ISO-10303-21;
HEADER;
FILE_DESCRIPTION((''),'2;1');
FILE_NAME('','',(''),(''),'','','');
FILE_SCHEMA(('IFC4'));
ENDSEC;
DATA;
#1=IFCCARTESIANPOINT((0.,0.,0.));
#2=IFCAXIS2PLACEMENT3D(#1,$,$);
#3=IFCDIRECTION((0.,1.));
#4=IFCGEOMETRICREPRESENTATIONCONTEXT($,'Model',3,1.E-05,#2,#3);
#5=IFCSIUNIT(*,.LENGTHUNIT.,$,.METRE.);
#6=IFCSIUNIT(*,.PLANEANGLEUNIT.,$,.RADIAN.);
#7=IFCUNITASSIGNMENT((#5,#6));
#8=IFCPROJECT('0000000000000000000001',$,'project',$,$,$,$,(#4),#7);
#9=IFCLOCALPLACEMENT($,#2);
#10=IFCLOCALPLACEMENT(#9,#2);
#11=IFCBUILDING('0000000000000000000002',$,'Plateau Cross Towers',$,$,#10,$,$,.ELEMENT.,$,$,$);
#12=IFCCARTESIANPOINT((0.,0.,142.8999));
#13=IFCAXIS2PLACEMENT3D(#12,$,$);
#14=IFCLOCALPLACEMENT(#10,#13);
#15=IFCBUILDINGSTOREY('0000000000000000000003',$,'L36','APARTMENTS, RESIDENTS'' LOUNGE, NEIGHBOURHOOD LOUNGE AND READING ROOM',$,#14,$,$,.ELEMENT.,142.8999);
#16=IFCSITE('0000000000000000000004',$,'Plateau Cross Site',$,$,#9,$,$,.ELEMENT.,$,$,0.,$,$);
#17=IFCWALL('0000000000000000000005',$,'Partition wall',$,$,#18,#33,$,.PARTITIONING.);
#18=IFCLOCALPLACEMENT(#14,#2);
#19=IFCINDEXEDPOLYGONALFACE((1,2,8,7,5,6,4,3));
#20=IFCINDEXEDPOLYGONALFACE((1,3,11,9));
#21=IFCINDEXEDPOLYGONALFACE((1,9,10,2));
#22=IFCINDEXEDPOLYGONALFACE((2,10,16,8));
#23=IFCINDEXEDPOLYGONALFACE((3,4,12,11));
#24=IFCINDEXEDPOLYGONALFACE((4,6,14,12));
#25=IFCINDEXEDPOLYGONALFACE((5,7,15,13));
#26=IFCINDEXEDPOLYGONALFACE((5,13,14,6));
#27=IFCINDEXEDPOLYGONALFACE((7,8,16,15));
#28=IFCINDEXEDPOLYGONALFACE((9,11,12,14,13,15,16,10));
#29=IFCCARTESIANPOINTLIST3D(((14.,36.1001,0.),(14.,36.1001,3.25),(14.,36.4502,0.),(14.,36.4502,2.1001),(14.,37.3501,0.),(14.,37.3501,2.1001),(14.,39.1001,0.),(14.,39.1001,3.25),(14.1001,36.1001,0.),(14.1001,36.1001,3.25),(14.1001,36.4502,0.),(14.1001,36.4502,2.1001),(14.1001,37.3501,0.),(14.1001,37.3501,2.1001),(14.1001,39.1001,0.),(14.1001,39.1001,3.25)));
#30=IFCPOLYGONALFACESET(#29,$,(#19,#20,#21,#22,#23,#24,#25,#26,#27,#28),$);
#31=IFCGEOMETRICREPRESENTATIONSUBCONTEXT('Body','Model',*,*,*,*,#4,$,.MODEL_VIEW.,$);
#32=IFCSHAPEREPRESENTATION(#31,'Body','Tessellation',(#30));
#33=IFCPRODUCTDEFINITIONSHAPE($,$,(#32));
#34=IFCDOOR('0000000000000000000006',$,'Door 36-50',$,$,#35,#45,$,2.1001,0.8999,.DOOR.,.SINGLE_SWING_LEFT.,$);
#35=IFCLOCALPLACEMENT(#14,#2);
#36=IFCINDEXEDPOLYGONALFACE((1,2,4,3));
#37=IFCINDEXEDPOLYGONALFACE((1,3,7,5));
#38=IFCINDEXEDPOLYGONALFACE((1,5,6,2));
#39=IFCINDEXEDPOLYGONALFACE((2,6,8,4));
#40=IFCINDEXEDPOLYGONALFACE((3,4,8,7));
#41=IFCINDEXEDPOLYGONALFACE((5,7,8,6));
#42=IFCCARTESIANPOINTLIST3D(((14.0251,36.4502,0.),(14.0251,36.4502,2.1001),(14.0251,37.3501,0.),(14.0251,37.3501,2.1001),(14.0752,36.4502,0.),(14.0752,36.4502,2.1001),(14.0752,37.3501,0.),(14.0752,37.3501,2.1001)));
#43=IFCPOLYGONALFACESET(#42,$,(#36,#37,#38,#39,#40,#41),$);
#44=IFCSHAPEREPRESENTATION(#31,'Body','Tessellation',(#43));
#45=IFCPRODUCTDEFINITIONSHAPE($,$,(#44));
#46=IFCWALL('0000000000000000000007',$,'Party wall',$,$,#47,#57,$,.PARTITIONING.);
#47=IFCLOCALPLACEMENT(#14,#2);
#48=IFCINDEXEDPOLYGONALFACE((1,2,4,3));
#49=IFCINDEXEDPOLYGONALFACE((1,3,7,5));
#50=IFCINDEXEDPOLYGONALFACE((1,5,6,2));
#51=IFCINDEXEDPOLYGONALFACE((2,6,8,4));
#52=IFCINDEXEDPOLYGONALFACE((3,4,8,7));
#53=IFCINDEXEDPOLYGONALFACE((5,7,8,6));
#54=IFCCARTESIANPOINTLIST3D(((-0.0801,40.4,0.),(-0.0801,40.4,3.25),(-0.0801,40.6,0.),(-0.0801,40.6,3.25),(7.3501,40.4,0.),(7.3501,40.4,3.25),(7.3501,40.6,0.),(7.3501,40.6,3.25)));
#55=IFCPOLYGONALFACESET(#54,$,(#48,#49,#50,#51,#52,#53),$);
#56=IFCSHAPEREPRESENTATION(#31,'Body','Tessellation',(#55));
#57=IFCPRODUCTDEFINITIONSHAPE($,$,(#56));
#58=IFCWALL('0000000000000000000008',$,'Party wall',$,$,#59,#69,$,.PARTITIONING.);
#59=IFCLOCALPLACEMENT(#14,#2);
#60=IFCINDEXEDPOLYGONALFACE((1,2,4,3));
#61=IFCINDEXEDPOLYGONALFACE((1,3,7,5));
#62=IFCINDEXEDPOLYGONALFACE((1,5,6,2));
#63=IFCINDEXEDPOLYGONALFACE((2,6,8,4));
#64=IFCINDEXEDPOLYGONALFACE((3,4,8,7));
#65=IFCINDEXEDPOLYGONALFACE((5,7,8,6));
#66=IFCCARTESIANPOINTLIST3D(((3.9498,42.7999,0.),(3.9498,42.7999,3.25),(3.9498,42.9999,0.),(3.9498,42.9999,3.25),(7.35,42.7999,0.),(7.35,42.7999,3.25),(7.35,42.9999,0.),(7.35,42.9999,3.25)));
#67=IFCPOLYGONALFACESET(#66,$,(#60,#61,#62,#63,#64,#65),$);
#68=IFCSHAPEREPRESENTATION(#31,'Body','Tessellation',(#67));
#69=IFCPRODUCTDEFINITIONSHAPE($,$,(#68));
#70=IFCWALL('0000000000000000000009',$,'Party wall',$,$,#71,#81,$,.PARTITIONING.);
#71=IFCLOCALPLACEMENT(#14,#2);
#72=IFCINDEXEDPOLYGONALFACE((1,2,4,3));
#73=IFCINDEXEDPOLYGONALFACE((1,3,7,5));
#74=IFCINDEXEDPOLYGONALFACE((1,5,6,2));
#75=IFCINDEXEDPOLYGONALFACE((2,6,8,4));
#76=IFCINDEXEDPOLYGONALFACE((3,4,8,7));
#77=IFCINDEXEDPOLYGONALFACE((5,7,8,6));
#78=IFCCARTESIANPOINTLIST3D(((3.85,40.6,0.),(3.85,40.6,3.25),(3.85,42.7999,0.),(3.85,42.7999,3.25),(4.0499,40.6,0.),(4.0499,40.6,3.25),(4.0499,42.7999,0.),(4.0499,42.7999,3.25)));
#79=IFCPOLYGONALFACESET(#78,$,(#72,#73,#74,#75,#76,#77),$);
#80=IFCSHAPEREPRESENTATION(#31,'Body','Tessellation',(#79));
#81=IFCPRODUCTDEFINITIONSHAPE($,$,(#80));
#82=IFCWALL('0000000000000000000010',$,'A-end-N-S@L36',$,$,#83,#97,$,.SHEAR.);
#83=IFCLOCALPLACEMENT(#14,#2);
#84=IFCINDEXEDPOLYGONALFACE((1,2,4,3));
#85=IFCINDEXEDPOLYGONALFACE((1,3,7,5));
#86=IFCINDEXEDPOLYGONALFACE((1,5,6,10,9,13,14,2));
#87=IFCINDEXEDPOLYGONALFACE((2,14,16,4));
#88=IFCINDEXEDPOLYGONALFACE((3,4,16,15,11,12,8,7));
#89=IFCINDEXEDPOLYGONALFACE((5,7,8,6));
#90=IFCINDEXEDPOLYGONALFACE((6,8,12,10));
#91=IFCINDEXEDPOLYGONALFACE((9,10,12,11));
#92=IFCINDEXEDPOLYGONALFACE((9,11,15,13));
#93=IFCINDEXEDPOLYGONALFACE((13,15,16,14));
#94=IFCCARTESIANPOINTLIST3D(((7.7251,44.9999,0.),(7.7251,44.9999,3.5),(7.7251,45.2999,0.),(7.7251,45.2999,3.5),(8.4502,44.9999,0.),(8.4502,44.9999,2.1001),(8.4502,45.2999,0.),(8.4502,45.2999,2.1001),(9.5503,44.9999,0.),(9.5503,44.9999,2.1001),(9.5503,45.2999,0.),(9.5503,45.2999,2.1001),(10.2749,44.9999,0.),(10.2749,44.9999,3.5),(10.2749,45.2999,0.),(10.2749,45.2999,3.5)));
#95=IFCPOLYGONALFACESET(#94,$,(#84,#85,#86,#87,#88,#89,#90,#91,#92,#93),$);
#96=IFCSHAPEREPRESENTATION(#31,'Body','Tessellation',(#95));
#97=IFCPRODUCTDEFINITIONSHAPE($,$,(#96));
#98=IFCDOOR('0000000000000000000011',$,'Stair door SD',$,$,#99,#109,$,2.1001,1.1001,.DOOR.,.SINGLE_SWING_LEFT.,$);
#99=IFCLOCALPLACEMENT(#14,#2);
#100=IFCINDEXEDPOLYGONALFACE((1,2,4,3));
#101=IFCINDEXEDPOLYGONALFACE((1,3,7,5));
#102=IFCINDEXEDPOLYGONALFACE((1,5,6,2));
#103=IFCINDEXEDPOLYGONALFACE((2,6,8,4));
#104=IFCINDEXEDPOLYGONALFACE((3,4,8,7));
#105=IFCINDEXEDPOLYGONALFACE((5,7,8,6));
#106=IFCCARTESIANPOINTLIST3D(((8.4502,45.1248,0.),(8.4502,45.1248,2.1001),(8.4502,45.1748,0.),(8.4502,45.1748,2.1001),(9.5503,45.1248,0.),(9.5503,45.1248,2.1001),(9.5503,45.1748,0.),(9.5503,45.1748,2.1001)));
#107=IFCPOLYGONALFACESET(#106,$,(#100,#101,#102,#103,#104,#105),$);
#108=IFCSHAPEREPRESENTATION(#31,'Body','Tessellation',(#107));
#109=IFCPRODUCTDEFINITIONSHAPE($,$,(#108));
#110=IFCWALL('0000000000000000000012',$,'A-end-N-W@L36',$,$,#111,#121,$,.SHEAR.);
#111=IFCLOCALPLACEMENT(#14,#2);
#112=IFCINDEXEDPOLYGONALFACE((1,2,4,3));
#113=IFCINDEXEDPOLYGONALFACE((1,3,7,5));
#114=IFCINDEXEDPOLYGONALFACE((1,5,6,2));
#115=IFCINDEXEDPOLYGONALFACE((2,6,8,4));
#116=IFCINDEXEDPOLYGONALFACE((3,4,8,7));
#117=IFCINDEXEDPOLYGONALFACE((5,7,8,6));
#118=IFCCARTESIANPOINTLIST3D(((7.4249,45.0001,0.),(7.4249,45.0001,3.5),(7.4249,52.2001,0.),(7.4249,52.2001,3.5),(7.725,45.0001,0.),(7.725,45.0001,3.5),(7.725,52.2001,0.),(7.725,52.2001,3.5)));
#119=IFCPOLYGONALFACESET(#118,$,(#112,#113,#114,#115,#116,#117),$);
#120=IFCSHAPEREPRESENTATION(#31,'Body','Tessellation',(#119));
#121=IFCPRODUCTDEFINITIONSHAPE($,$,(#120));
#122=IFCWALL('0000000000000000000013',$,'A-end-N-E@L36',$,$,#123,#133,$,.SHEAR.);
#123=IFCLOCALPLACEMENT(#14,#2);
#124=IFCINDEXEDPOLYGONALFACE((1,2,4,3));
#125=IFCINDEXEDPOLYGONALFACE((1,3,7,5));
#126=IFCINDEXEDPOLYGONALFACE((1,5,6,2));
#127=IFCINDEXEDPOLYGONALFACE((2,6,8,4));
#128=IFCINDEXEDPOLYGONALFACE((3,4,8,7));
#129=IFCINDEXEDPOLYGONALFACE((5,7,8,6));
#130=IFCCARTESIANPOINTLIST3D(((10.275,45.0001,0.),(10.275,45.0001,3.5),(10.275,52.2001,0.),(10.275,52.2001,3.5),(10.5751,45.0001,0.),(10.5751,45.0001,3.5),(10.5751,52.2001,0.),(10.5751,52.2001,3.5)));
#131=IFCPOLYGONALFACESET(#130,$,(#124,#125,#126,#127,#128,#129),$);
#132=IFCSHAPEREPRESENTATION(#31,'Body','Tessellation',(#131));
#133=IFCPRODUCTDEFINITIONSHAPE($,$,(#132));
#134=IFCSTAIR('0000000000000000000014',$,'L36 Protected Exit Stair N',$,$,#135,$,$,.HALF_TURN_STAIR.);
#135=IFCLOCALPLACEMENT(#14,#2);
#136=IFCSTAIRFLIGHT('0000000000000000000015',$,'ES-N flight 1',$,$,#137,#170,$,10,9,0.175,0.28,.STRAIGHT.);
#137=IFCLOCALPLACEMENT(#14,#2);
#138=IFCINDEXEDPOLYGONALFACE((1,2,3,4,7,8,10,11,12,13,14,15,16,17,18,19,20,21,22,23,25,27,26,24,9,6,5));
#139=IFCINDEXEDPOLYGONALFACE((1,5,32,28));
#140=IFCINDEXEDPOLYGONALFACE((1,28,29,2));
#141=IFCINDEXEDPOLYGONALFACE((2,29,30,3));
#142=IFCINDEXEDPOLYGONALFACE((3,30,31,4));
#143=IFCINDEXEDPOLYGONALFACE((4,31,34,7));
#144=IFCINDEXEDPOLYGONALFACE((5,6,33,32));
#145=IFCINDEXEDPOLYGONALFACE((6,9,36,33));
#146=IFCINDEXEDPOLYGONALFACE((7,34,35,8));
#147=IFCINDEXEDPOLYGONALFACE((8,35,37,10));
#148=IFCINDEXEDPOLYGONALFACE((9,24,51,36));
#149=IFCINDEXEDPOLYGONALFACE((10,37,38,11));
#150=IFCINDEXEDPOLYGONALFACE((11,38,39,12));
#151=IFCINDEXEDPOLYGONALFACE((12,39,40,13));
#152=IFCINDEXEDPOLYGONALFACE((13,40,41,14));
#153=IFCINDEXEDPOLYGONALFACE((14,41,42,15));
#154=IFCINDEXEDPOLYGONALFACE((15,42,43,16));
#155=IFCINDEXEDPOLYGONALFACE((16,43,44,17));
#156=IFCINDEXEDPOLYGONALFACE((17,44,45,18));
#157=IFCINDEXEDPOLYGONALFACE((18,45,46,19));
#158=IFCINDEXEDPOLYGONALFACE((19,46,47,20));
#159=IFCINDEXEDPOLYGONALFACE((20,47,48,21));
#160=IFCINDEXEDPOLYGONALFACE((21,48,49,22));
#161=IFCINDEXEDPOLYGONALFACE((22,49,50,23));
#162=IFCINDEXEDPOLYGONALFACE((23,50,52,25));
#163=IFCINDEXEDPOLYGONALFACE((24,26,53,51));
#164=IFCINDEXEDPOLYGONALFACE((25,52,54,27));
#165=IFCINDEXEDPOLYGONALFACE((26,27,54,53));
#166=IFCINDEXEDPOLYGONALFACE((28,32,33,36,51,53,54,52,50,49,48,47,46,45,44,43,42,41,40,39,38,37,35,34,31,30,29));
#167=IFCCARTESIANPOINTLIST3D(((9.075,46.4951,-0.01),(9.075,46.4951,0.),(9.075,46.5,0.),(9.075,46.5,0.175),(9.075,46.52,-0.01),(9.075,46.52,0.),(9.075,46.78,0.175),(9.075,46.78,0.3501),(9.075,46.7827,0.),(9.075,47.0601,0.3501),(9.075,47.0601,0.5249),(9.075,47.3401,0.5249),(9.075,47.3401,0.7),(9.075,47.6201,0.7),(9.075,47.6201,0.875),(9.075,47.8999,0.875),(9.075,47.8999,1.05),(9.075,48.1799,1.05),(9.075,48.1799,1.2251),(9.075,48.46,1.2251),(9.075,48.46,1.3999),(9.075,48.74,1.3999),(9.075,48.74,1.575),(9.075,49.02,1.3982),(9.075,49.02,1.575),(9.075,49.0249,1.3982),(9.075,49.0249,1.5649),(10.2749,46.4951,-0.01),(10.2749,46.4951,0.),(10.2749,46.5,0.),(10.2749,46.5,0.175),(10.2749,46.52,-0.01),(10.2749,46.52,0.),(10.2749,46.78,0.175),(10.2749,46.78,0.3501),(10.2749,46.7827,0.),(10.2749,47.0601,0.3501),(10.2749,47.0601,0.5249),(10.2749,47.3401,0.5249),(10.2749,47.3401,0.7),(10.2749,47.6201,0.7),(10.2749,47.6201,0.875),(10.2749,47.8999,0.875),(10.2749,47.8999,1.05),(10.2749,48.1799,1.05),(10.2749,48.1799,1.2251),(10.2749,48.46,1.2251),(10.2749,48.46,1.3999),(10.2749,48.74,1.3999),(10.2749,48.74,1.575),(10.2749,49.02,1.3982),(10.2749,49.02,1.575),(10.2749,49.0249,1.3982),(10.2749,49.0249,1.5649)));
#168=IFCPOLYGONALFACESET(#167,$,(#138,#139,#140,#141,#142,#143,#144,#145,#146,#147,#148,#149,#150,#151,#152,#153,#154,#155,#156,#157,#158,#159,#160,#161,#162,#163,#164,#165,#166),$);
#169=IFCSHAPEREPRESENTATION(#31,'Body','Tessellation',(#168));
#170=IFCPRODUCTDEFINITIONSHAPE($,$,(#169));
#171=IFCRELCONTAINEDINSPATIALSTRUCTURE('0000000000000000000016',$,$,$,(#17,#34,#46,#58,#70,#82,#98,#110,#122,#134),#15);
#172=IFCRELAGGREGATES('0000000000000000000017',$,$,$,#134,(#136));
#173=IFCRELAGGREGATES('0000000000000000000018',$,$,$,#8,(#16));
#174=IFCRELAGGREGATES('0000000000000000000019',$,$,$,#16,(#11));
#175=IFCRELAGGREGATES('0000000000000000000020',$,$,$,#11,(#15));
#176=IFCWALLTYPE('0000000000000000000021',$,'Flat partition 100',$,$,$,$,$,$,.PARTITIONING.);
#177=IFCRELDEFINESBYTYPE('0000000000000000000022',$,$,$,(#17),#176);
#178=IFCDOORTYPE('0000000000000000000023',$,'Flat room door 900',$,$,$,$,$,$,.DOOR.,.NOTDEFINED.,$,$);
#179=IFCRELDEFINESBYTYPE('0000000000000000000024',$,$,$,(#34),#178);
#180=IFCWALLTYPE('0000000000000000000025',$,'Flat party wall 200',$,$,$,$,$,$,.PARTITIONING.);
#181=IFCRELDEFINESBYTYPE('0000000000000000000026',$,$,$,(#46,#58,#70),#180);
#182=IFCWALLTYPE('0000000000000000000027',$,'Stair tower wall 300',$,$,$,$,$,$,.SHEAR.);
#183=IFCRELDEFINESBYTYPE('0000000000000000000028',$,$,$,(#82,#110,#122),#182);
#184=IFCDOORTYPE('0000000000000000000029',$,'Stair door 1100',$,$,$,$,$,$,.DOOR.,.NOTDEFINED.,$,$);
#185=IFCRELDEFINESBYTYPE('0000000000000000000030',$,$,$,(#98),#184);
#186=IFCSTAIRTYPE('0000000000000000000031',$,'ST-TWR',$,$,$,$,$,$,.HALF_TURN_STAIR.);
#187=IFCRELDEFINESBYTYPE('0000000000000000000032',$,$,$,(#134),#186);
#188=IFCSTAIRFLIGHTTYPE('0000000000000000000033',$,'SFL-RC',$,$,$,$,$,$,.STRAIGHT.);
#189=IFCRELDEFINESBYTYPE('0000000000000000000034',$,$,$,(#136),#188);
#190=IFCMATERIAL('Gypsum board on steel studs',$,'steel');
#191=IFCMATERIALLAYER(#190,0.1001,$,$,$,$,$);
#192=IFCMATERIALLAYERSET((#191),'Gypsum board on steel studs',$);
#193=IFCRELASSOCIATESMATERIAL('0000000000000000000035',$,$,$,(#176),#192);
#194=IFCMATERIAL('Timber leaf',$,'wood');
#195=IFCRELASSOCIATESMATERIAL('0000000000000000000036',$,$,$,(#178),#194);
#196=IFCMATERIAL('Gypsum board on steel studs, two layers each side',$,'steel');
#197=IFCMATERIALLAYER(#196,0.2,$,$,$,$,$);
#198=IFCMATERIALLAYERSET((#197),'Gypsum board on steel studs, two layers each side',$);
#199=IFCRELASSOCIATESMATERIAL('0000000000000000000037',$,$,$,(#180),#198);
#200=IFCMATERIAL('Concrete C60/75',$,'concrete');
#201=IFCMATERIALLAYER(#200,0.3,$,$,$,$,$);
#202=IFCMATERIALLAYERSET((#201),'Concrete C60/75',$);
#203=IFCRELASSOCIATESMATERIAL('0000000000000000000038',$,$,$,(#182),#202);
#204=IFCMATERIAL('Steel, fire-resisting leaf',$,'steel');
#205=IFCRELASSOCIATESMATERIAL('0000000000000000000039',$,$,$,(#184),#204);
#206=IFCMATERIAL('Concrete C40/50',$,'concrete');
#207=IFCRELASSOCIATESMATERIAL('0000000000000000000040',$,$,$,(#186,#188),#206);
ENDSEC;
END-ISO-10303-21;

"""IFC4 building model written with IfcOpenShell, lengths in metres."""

from ifc_helpers import new_model, si_unit, direction, frame, frame_2d, origin, place, context, subcontext, project, spatial, polyline, rectangle, outline, extrude, material, layer, layer_set, type_object, element, fill, aggregate, save


model = new_model("IFC4")

# Units and contexts
model_context = context("Model", 3, precision=1e-05, world=origin(), true_north=direction((0.0, 1.0)))
body_context = subcontext(model_context, "Body", "Model", "MODEL_VIEW")
ifc_project = project(units=[si_unit("LENGTHUNIT", "METRE"), si_unit("PLANEANGLEUNIT", "RADIAN")], contexts=[model_context])

# Site, building, storey
site_placement = place(None, origin())
site = spatial("IfcSite", under=ifc_project, at=site_placement, Name="Plateau Cross Site", CompositionType="ELEMENT", RefElevation=0.0)
building_placement = place(site_placement, origin())
building = spatial("IfcBuilding", under=site, at=building_placement, Name="Plateau Cross Towers", CompositionType="ELEMENT")
storey_placement = place(building_placement, frame((0.0, 0.0, 142.8999)))
storey = spatial("IfcBuildingStorey", under=building, at=storey_placement, Name="L36", Description="APARTMENTS, RESIDENTS' LOUNGE, NEIGHBOURHOOD LOUNGE AND READING ROOM", CompositionType="ELEMENT", Elevation=142.8999)

# Shared definitions
ifc_material_1 = material(Name="Gypsum board on steel studs", Category="steel")
ifc_layer_1 = layer(ifc_material_1, 0.1001)
ifc_layer_set_1 = layer_set([ifc_layer_1], Name="Gypsum board on steel studs")
wall_type_1 = type_object("IfcWallType", Name="Flat partition 100", PredefinedType="PARTITIONING", material=ifc_layer_set_1)

# Shared definitions
ifc_material_2 = material(Name="Timber leaf", Category="wood")
door_type_1 = type_object("IfcDoorType", Name="Flat room door 900", OperationType="NOTDEFINED", PredefinedType="DOOR", material=ifc_material_2)

# Wall, opening, door
wall_1_placement = place(storey_placement, frame((14.05, 36.1001, 0.0), z_axis=(0.0, 0.0, 1.0), x_axis=(0.0, 1.0, 0.0)))
wall_1 = element("IfcWall", 1, at=wall_1_placement, inside=storey, type_object=wall_type_1, Name="Partition wall", PredefinedType="PARTITIONING", context=body_context, shape_type="SweptSolid", body=[
    extrude(rectangle(XDim=3.0, YDim=0.1001, at=frame_2d((1.5, 0.0))), origin(), (0.0, 0.0, 1.0), 3.25),
])
opening_1_placement = place(wall_1_placement, frame((0.3501, 0.0, 0.0)))
opening_1 = element("IfcOpeningElement", 2, at=opening_1_placement, cuts=wall_1, PredefinedType="OPENING", context=body_context, shape_type="SweptSolid", body=[
    extrude(rectangle(XDim=0.8999, YDim=2.1001, at=frame_2d((0.45, 1.05))), frame((0.0, 0.0601, 0.0), z_axis=(0.0, -1.0, 0.0), x_axis=(1.0, 0.0, 0.0)), (0.0, 0.0, 1.0), 0.1201),
])
door_1_placement = place(opening_1_placement, origin())
door_1 = element("IfcDoor", 3, at=door_1_placement, inside=storey, type_object=door_type_1, Name="Door 36-50", OperationType="SINGLE_SWING_LEFT", OverallHeight=2.1001, OverallWidth=0.8999, PredefinedType="DOOR", context=body_context, shape_type="SweptSolid", body=[
    extrude(rectangle(XDim=0.8999, YDim=2.1001, at=frame_2d((0.45, 1.05))), frame((0.0, 0.0249, 0.0), z_axis=(0.0, -1.0, 0.0), x_axis=(1.0, 0.0, 0.0)), (0.0, 0.0, 1.0), 0.05),
])
fill(opening_1, door_1)

# Walls
ifc_material_3 = material(Name="Gypsum board on steel studs, two layers each side", Category="steel")
ifc_layer_2 = layer(ifc_material_3, 0.2)
ifc_layer_set_2 = layer_set([ifc_layer_2], Name="Gypsum board on steel studs, two layers each side")
wall_type_2 = type_object("IfcWallType", Name="Flat party wall 200", PredefinedType="PARTITIONING", material=ifc_layer_set_2)
wall_2_placement = place(storey_placement, frame((7.3501, 40.5, 0.0), z_axis=(0.0, 0.0, 1.0), x_axis=(-1.0, 0.0, 0.0)))
element("IfcWall", 4, at=wall_2_placement, inside=storey, type_object=wall_type_2, Name="Party wall", PredefinedType="PARTITIONING", context=body_context, shape_type="SweptSolid", body=[
    extrude(rectangle(XDim=7.4302, YDim=0.2, at=frame_2d((3.7151, 0.0))), origin(), (0.0, 0.0, 1.0), 3.25),
])
wall_3_placement = place(storey_placement, frame((7.3501, 42.8999, 0.0), z_axis=(0.0, 0.0, 1.0), x_axis=(-1.0, 0.0, 0.0)))
element("IfcWall", 5, at=wall_3_placement, inside=storey, type_object=wall_type_2, Name="Party wall", PredefinedType="PARTITIONING", context=body_context, shape_type="SweptSolid", body=[
    extrude(rectangle(XDim=3.4001, YDim=0.2, at=frame_2d((1.7002, 0.0))), origin(), (0.0, 0.0, 1.0), 3.25),
])
wall_4_placement = place(storey_placement, frame((3.95, 42.8, 0.0), z_axis=(0.0, 0.0, 1.0), x_axis=(0.0, -1.0, 0.0)))
element("IfcWall", 6, at=wall_4_placement, inside=storey, type_object=wall_type_2, Name="Party wall", PredefinedType="PARTITIONING", context=body_context, shape_type="SweptSolid", body=[
    extrude(rectangle(XDim=2.2, YDim=0.2, at=frame_2d((1.1001, 0.0))), origin(), (0.0, 0.0, 1.0), 3.25),
])

# Wall, opening, door
ifc_material_4 = material(Name="Concrete C60/75", Category="concrete")
ifc_layer_3 = layer(ifc_material_4, 0.3)
ifc_layer_set_3 = layer_set([ifc_layer_3], Name="Concrete C60/75")
wall_type_3 = type_object("IfcWallType", Name="Stair tower wall 300", PredefinedType="SHEAR", material=ifc_layer_set_3)
wall_5_placement = place(storey_placement, frame((7.7251, 45.1499, 0.0), z_axis=(0.0, 0.0, 1.0), x_axis=(1.0, 0.0, 0.0)))
wall_5 = element("IfcWall", 7, at=wall_5_placement, inside=storey, type_object=wall_type_3, Name="A-end-N-S@L36", PredefinedType="SHEAR", context=body_context, shape_type="SweptSolid", body=[
    extrude(rectangle(XDim=2.5498, YDim=0.3, at=frame_2d((1.2749, 0.0))), origin(), (0.0, 0.0, 1.0), 3.5),
])
opening_2_placement = place(wall_5_placement, frame((0.7251, 0.0, 0.0)))
opening_2 = element("IfcOpeningElement", 8, at=opening_2_placement, cuts=wall_5, PredefinedType="OPENING", context=body_context, shape_type="SweptSolid", body=[
    extrude(rectangle(XDim=1.1001, YDim=2.1001, at=frame_2d((0.55, 1.05))), frame((0.0, 0.1599, 0.0), z_axis=(0.0, -1.0, 0.0), x_axis=(1.0, 0.0, 0.0)), (0.0, 0.0, 1.0), 0.3201),
])
ifc_material_5 = material(Name="Steel, fire-resisting leaf", Category="steel")
door_type_2 = type_object("IfcDoorType", Name="Stair door 1100", OperationType="NOTDEFINED", PredefinedType="DOOR", material=ifc_material_5)
door_2_placement = place(opening_2_placement, origin())
door_2 = element("IfcDoor", 9, at=door_2_placement, inside=storey, type_object=door_type_2, Name="Stair door SD", OperationType="SINGLE_SWING_LEFT", OverallHeight=2.1001, OverallWidth=1.1001, PredefinedType="DOOR", context=body_context, shape_type="SweptSolid", body=[
    extrude(rectangle(XDim=1.1001, YDim=2.1001, at=frame_2d((0.55, 1.05))), frame((0.0, 0.0249, 0.0), z_axis=(0.0, -1.0, 0.0), x_axis=(1.0, 0.0, 0.0)), (0.0, 0.0, 1.0), 0.05),
])
fill(opening_2, door_2)

# Walls
for number, where, z_axis, x_axis, name in (
    (10, (7.575, 45.0, 0.0), (0.0, 0.0, 1.0), (0.0, 1.0, 0.0), "A-end-N-W@L36"),
    (11, (10.425, 45.0, 0.0), (0.0, 0.0, 1.0), (0.0, 1.0, 0.0), "A-end-N-E@L36"),
):
    element("IfcWall", number, at=place(storey_placement, frame(where, z_axis=z_axis, x_axis=x_axis)), inside=storey, type_object=wall_type_3, Name=name, PredefinedType="SHEAR", context=body_context, shape_type="SweptSolid", body=[
        extrude(rectangle(XDim=7.2, YDim=0.3, at=frame_2d((3.6001, 0.0))), origin(), (0.0, 0.0, 1.0), 3.5),
    ])

# Stair, stair flight
ifc_material_6 = material(Name="Concrete C40/50", Category="concrete")
stair_type = type_object("IfcStairType", Name="ST-TWR", PredefinedType="HALF_TURN_STAIR", material=ifc_material_6)
stair_placement = place(storey_placement, origin())
stair = element("IfcStair", 12, at=stair_placement, inside=storey, type_object=stair_type, Name="L36 Protected Exit Stair N", PredefinedType="HALF_TURN_STAIR")
stair_flight_type = type_object("IfcStairFlightType", Name="SFL-RC", PredefinedType="STRAIGHT", material=ifc_material_6)
stair_flight_placement = place(storey_placement, frame((9.675, 46.5, 0.0), z_axis=(0.0, 0.0, 1.0), x_axis=(0.0, 1.0, 0.0)))
stair_flight = element("IfcStairFlight", 13, at=stair_flight_placement, type_object=stair_flight_type, Name="ES-N flight 1", NumberOfRisers=10, NumberOfTreads=9, PredefinedType="STRAIGHT", RiserHeight=0.175, TreadLength=0.28, context=body_context, shape_type="SweptSolid", body=[
    extrude(outline(polyline([(-0.0049, -0.01), (-0.0049, 0.0), (0.0, 0.0), (0.0, 0.175), (0.28, 0.175), (0.28, 0.3501), (0.5601, 0.3501), (0.5601, 0.5249), (0.8401, 0.5249), (0.8401, 0.7), (1.1201, 0.7), (1.1201, 0.875), (1.3999, 0.875), (1.3999, 1.05), (1.6799, 1.05), (1.6799, 1.2251), (1.96, 1.2251), (1.96, 1.3999), (2.24, 1.3999), (2.24, 1.575), (2.52, 1.575), (2.5249, 1.5649), (2.5249, 1.3982), (2.52, 1.3982), (0.2827, 0.0), (0.02, 0.0), (0.02, -0.01), (-0.0049, -0.01)])), frame((0.0, 0.6001, 0.0), z_axis=(0.0, -1.0, 0.0), x_axis=(1.0, 0.0, 0.0)), (0.0, 0.0, 1.0), 1.2),
])
aggregate(stair, [stair_flight])

save(model, "model.ifc")
